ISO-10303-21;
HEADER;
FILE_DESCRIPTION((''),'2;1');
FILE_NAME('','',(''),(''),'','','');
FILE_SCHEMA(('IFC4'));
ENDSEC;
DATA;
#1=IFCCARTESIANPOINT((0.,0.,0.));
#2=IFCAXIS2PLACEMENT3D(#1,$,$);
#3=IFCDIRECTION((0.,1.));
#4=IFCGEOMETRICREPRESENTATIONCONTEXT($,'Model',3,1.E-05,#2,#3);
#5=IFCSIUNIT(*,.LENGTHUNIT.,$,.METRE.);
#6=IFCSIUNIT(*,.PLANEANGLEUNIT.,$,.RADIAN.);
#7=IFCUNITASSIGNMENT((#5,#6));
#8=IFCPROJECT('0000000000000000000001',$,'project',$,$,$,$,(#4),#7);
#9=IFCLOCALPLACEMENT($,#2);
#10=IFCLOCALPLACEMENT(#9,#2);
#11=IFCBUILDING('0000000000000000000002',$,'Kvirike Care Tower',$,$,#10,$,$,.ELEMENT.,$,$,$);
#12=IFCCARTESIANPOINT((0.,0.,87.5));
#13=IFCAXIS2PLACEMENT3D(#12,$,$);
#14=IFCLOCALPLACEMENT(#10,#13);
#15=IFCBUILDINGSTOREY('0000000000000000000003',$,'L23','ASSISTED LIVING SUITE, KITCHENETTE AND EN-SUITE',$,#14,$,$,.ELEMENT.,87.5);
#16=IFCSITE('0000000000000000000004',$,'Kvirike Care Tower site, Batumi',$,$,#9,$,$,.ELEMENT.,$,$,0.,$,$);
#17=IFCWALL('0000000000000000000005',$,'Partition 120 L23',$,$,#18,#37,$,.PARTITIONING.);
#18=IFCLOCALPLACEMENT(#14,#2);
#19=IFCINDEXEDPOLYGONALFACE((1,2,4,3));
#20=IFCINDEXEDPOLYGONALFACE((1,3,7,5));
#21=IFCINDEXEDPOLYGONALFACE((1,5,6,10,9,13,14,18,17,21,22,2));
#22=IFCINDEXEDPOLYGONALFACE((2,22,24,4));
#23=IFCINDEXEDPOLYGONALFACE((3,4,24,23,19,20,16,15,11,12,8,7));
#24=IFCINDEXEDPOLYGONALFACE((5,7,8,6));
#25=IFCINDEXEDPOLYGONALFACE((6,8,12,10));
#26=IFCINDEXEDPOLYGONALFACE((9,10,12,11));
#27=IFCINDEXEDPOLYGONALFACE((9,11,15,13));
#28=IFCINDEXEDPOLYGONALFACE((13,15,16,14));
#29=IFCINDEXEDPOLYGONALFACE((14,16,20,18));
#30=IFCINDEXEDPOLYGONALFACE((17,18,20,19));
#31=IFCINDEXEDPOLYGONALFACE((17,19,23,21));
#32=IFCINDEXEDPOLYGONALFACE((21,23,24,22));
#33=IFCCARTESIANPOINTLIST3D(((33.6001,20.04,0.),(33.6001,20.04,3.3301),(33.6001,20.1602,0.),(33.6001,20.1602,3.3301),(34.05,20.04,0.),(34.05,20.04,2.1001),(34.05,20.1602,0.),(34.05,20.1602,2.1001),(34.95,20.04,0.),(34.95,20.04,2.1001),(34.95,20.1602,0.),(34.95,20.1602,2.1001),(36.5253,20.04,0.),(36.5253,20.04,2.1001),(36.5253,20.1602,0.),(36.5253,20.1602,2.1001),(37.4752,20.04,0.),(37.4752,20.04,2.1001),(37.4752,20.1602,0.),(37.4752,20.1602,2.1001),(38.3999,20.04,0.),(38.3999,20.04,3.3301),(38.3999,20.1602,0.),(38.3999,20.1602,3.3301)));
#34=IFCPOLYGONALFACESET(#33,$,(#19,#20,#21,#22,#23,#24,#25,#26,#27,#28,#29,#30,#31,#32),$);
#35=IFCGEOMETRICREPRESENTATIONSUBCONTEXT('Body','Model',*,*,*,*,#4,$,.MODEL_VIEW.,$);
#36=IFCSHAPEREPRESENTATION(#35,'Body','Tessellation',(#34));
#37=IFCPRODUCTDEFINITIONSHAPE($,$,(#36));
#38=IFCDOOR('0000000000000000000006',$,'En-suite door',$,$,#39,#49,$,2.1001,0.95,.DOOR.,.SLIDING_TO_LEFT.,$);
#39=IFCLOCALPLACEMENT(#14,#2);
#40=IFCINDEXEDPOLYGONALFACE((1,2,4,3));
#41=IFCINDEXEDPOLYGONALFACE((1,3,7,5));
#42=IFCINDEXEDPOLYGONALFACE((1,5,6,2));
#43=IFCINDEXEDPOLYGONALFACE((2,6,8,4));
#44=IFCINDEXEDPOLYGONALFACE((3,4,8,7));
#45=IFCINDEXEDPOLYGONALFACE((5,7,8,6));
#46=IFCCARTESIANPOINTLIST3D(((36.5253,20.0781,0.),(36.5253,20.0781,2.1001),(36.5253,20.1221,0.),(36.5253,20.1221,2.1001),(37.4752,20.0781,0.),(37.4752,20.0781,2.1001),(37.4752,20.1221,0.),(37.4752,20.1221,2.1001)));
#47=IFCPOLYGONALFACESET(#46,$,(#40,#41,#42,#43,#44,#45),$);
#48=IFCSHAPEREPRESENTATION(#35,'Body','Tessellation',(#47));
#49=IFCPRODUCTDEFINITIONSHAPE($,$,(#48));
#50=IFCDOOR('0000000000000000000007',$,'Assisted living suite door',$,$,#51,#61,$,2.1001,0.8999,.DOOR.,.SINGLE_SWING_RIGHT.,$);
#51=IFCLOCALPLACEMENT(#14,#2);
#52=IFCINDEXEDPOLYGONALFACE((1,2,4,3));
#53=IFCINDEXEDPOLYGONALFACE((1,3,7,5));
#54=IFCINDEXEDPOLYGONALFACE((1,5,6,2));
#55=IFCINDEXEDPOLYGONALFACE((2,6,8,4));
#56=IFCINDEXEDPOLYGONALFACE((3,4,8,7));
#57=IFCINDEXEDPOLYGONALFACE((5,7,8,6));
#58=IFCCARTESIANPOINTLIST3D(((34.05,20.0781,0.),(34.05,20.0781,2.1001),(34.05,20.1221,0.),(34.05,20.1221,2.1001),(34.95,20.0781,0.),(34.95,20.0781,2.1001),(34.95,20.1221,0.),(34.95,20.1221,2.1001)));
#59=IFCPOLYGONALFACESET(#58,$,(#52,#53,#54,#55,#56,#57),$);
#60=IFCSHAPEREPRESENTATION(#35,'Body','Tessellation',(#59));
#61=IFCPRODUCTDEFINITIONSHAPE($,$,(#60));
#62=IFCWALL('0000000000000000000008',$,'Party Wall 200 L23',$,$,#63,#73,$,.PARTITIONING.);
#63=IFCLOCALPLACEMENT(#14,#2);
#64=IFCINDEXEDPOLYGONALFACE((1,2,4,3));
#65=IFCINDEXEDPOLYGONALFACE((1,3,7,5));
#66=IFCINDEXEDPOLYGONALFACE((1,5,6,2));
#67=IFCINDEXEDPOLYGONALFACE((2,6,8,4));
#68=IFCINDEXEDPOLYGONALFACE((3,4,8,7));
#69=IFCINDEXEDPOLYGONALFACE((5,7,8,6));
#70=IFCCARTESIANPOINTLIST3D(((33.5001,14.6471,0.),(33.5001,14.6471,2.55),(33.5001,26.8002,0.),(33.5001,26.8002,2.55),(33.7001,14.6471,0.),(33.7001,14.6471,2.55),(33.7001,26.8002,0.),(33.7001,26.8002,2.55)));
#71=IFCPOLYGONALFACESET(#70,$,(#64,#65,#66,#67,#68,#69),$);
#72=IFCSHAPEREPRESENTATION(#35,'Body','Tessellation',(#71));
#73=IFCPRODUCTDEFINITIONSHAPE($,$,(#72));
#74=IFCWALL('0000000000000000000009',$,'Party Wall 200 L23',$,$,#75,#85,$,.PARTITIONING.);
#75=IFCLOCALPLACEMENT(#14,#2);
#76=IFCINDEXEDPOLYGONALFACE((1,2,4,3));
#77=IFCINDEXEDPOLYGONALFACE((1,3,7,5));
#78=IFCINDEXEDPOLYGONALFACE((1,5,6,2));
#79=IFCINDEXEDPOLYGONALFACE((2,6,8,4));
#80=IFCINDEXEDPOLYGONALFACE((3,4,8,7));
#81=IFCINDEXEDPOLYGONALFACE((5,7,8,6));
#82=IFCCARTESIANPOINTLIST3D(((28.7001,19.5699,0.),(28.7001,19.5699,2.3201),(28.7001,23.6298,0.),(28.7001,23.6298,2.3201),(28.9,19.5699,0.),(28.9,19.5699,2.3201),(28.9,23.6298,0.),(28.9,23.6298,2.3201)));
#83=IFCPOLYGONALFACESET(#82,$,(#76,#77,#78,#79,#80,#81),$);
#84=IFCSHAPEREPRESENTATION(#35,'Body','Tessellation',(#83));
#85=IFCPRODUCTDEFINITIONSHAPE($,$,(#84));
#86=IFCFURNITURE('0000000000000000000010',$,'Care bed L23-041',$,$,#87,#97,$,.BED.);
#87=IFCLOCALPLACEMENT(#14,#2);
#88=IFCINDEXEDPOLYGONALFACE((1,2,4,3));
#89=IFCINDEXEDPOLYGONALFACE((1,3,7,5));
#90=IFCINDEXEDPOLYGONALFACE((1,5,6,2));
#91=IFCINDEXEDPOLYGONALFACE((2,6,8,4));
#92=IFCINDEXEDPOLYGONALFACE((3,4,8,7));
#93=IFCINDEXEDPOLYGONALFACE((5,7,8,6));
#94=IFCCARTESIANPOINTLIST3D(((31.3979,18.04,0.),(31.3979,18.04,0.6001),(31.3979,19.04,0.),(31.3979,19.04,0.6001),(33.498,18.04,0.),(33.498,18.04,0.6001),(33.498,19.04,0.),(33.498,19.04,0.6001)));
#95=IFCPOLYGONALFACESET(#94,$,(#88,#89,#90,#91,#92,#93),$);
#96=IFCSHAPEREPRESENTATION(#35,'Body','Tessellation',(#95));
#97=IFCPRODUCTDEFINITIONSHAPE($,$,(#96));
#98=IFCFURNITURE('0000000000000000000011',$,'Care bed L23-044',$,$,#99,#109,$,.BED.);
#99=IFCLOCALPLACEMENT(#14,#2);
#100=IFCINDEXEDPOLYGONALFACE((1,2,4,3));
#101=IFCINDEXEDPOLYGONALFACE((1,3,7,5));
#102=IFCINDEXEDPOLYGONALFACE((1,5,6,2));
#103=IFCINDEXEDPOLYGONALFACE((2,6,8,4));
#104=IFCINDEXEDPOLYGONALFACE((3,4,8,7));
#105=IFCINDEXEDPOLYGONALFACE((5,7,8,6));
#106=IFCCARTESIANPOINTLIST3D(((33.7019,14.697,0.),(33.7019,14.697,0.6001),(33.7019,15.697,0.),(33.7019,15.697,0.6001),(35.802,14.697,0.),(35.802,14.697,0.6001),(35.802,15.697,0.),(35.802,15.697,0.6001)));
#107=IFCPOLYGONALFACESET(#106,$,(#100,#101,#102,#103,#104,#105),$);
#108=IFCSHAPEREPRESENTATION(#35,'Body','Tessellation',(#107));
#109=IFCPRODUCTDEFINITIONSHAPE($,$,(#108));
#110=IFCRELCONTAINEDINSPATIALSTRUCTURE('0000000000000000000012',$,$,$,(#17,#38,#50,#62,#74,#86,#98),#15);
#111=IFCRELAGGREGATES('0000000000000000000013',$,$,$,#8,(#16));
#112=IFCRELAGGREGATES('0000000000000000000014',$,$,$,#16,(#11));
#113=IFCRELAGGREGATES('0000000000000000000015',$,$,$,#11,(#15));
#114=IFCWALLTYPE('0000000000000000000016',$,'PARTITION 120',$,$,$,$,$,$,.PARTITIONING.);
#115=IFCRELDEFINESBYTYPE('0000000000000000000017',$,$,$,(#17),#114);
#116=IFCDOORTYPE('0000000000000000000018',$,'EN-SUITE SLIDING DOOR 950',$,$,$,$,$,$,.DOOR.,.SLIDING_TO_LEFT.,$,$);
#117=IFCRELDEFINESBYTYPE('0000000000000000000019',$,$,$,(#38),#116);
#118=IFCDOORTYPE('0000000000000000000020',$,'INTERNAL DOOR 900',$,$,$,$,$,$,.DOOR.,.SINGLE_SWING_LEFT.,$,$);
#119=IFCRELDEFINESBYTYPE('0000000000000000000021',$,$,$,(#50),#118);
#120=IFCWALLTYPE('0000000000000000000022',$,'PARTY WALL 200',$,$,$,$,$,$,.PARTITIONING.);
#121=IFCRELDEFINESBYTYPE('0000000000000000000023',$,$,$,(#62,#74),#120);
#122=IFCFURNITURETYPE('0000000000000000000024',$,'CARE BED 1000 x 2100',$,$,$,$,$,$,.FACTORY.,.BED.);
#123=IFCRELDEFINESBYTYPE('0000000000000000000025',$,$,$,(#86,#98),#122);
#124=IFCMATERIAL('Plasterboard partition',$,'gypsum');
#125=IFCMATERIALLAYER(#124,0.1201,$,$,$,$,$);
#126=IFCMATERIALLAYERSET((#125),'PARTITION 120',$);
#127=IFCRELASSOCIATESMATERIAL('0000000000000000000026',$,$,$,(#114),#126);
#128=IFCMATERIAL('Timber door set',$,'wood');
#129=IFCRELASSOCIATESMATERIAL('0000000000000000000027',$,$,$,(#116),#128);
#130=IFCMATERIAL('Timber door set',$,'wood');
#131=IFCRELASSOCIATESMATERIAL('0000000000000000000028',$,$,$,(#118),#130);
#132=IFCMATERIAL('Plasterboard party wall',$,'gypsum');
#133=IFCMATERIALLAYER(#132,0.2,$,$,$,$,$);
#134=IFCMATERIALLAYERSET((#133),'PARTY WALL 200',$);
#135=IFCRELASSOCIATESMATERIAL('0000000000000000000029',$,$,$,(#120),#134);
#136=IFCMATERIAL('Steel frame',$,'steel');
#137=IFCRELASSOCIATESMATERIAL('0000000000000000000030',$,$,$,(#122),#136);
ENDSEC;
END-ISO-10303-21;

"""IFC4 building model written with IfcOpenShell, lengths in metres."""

from ifc_helpers import new_model, si_unit, direction, frame, frame_2d, origin, origin_2d, place, context, subcontext, project, spatial, rectangle, extrude, material, layer, layer_set, type_object, element, fill, save


model = new_model("IFC4")

# Units and contexts
model_context = context("Model", 3, precision=1e-05, world=origin(), true_north=direction((0.0, 1.0)))
body_context = subcontext(model_context, "Body", "Model", "MODEL_VIEW")
ifc_project = project(units=[si_unit("LENGTHUNIT", "METRE"), si_unit("PLANEANGLEUNIT", "RADIAN")], contexts=[model_context])

# Site, building, storey
site_placement = place(None, origin())
site = spatial("IfcSite", under=ifc_project, at=site_placement, Name="Kvirike Care Tower site, Batumi", CompositionType="ELEMENT", RefElevation=0.0)
building_placement = place(site_placement, origin())
building = spatial("IfcBuilding", under=site, at=building_placement, Name="Kvirike Care Tower", CompositionType="ELEMENT")
storey_placement = place(building_placement, frame((0.0, 0.0, 87.5)))
storey = spatial("IfcBuildingStorey", under=building, at=storey_placement, Name="L23", Description="ASSISTED LIVING SUITE, KITCHENETTE AND EN-SUITE", CompositionType="ELEMENT", Elevation=87.5)

# Wall, openings, doors
ifc_material_1 = material(Name="Plasterboard partition", Category="gypsum")
ifc_layer_1 = layer(ifc_material_1, 0.1201)
ifc_layer_set_1 = layer_set([ifc_layer_1], Name="PARTITION 120")
wall_type_1 = type_object("IfcWallType", Name="PARTITION 120", PredefinedType="PARTITIONING", material=ifc_layer_set_1)
ifc_material_2 = material(Name="Timber door set", Category="wood")
door_type_1 = type_object("IfcDoorType", Name="EN-SUITE SLIDING DOOR 950", OperationType="SLIDING_TO_LEFT", PredefinedType="DOOR", material=ifc_material_2)
ifc_material_3 = material(Name="Timber door set", Category="wood")
door_type_2 = type_object("IfcDoorType", Name="INTERNAL DOOR 900", OperationType="SINGLE_SWING_LEFT", PredefinedType="DOOR", material=ifc_material_3)
wall_1_placement = place(storey_placement, frame((33.6001, 20.1001, 0.0), z_axis=(0.0, 0.0, 1.0), x_axis=(1.0, 0.0, 0.0)))
wall_1 = element("IfcWall", 1, at=wall_1_placement, inside=storey, type_object=wall_type_1, Name="Partition 120 L23", PredefinedType="PARTITIONING", context=body_context, shape_type="SweptSolid", body=[
    extrude(rectangle(XDim=4.7998, YDim=0.1201, at=frame_2d((2.3999, 0.0))), origin(), (0.0, 0.0, 1.0), 3.3301),
])
opening_1_placement = place(wall_1_placement, frame((0.45, 0.0, 0.0)))
opening_1 = element("IfcOpeningElement", 2, at=opening_1_placement, cuts=wall_1, PredefinedType="OPENING", context=body_context, shape_type="SweptSolid", body=[
    extrude(rectangle(XDim=0.8999, YDim=2.1001, at=frame_2d((0.45, 1.05))), frame((0.0, 0.0706, 0.0), z_axis=(0.0, -1.0, 0.0), x_axis=(1.0, 0.0, 0.0)), (0.0, 0.0, 1.0), 0.1411),
])
opening_2_placement = place(wall_1_placement, frame((2.925, 0.0, 0.0)))
opening_2 = element("IfcOpeningElement", 3, at=opening_2_placement, cuts=wall_1, PredefinedType="OPENING", context=body_context, shape_type="SweptSolid", body=[
    extrude(rectangle(XDim=0.95, YDim=2.1001, at=frame_2d((0.4751, 1.05))), frame((0.0, 0.0706, 0.0), z_axis=(0.0, -1.0, 0.0), x_axis=(1.0, 0.0, 0.0)), (0.0, 0.0, 1.0), 0.1411),
])
door_1_placement = place(opening_2_placement, origin())
door_1 = element("IfcDoor", 4, at=door_1_placement, inside=storey, type_object=door_type_1, Name="En-suite door", OperationType="SLIDING_TO_LEFT", OverallHeight=2.1001, OverallWidth=0.95, PredefinedType="DOOR", context=body_context, shape_type="SweptSolid", body=[
    extrude(rectangle(XDim=0.95, YDim=2.1001, at=frame_2d((0.4751, 1.05))), frame((0.0, 0.022, 0.0), z_axis=(0.0, -1.0, 0.0), x_axis=(1.0, 0.0, 0.0)), (0.0, 0.0, 1.0), 0.0439),
])
fill(opening_2, door_1)
door_2_placement = place(opening_1_placement, origin())
door_2 = element("IfcDoor", 5, at=door_2_placement, inside=storey, type_object=door_type_2, Name="Assisted living suite door", OperationType="SINGLE_SWING_RIGHT", OverallHeight=2.1001, OverallWidth=0.8999, PredefinedType="DOOR", context=body_context, shape_type="SweptSolid", body=[
    extrude(rectangle(XDim=0.8999, YDim=2.1001, at=frame_2d((0.45, 1.05))), frame((0.0, 0.022, 0.0), z_axis=(0.0, -1.0, 0.0), x_axis=(1.0, 0.0, 0.0)), (0.0, 0.0, 1.0), 0.0439),
])
fill(opening_1, door_2)

# Walls
ifc_material_4 = material(Name="Plasterboard party wall", Category="gypsum")
ifc_layer_2 = layer(ifc_material_4, 0.2)
ifc_layer_set_2 = layer_set([ifc_layer_2], Name="PARTY WALL 200")
wall_type_2 = type_object("IfcWallType", Name="PARTY WALL 200", PredefinedType="PARTITIONING", material=ifc_layer_set_2)
wall_2_placement = place(storey_placement, frame((33.6001, 14.647, 0.0), z_axis=(0.0, 0.0, 1.0), x_axis=(0.0, 1.0, 0.0)))
element("IfcWall", 6, at=wall_2_placement, inside=storey, type_object=wall_type_2, Name="Party Wall 200 L23", PredefinedType="PARTITIONING", context=body_context, shape_type="SweptSolid", body=[
    extrude(rectangle(XDim=12.1531, YDim=0.2, at=frame_2d((6.0767, 0.0))), origin(), (0.0, 0.0, 1.0), 2.55),
])
wall_3_placement = place(storey_placement, frame((28.8, 19.5701, 0.0), z_axis=(0.0, 0.0, 1.0), x_axis=(0.0, 1.0, 0.0)))
element("IfcWall", 7, at=wall_3_placement, inside=storey, type_object=wall_type_2, Name="Party Wall 200 L23", PredefinedType="PARTITIONING", context=body_context, shape_type="SweptSolid", body=[
    extrude(rectangle(XDim=4.0598, YDim=0.2, at=frame_2d((2.0298, 0.0))), origin(), (0.0, 0.0, 1.0), 2.3201),
])

# Furniture
ifc_material_5 = material(Name="Steel frame", Category="steel")
furniture_type = type_object("IfcFurnitureType", Name="CARE BED 1000 x 2100", AssemblyPlace="FACTORY", PredefinedType="BED", material=ifc_material_5)
for number, where, z_axis, x_axis, name in (
    (8, (32.448, 18.54, 0.0), (0.0, 0.0, 1.0), (0.0, -1.0, 0.0), "Care bed L23-041"),
    (9, (34.752, 15.197, 0.0), (0.0, 0.0, 1.0), (0.0, 1.0, 0.0), "Care bed L23-044"),
):
    element("IfcFurniture", number, at=place(storey_placement, frame(where, z_axis=z_axis, x_axis=x_axis)), inside=storey, type_object=furniture_type, Name=name, PredefinedType="BED", context=body_context, shape_type="SweptSolid", body=[
        extrude(rectangle(XDim=1.0, YDim=2.1001, at=origin_2d()), origin(), (0.0, 0.0, 1.0), 0.6001),
    ])

save(model, "model.ifc")
